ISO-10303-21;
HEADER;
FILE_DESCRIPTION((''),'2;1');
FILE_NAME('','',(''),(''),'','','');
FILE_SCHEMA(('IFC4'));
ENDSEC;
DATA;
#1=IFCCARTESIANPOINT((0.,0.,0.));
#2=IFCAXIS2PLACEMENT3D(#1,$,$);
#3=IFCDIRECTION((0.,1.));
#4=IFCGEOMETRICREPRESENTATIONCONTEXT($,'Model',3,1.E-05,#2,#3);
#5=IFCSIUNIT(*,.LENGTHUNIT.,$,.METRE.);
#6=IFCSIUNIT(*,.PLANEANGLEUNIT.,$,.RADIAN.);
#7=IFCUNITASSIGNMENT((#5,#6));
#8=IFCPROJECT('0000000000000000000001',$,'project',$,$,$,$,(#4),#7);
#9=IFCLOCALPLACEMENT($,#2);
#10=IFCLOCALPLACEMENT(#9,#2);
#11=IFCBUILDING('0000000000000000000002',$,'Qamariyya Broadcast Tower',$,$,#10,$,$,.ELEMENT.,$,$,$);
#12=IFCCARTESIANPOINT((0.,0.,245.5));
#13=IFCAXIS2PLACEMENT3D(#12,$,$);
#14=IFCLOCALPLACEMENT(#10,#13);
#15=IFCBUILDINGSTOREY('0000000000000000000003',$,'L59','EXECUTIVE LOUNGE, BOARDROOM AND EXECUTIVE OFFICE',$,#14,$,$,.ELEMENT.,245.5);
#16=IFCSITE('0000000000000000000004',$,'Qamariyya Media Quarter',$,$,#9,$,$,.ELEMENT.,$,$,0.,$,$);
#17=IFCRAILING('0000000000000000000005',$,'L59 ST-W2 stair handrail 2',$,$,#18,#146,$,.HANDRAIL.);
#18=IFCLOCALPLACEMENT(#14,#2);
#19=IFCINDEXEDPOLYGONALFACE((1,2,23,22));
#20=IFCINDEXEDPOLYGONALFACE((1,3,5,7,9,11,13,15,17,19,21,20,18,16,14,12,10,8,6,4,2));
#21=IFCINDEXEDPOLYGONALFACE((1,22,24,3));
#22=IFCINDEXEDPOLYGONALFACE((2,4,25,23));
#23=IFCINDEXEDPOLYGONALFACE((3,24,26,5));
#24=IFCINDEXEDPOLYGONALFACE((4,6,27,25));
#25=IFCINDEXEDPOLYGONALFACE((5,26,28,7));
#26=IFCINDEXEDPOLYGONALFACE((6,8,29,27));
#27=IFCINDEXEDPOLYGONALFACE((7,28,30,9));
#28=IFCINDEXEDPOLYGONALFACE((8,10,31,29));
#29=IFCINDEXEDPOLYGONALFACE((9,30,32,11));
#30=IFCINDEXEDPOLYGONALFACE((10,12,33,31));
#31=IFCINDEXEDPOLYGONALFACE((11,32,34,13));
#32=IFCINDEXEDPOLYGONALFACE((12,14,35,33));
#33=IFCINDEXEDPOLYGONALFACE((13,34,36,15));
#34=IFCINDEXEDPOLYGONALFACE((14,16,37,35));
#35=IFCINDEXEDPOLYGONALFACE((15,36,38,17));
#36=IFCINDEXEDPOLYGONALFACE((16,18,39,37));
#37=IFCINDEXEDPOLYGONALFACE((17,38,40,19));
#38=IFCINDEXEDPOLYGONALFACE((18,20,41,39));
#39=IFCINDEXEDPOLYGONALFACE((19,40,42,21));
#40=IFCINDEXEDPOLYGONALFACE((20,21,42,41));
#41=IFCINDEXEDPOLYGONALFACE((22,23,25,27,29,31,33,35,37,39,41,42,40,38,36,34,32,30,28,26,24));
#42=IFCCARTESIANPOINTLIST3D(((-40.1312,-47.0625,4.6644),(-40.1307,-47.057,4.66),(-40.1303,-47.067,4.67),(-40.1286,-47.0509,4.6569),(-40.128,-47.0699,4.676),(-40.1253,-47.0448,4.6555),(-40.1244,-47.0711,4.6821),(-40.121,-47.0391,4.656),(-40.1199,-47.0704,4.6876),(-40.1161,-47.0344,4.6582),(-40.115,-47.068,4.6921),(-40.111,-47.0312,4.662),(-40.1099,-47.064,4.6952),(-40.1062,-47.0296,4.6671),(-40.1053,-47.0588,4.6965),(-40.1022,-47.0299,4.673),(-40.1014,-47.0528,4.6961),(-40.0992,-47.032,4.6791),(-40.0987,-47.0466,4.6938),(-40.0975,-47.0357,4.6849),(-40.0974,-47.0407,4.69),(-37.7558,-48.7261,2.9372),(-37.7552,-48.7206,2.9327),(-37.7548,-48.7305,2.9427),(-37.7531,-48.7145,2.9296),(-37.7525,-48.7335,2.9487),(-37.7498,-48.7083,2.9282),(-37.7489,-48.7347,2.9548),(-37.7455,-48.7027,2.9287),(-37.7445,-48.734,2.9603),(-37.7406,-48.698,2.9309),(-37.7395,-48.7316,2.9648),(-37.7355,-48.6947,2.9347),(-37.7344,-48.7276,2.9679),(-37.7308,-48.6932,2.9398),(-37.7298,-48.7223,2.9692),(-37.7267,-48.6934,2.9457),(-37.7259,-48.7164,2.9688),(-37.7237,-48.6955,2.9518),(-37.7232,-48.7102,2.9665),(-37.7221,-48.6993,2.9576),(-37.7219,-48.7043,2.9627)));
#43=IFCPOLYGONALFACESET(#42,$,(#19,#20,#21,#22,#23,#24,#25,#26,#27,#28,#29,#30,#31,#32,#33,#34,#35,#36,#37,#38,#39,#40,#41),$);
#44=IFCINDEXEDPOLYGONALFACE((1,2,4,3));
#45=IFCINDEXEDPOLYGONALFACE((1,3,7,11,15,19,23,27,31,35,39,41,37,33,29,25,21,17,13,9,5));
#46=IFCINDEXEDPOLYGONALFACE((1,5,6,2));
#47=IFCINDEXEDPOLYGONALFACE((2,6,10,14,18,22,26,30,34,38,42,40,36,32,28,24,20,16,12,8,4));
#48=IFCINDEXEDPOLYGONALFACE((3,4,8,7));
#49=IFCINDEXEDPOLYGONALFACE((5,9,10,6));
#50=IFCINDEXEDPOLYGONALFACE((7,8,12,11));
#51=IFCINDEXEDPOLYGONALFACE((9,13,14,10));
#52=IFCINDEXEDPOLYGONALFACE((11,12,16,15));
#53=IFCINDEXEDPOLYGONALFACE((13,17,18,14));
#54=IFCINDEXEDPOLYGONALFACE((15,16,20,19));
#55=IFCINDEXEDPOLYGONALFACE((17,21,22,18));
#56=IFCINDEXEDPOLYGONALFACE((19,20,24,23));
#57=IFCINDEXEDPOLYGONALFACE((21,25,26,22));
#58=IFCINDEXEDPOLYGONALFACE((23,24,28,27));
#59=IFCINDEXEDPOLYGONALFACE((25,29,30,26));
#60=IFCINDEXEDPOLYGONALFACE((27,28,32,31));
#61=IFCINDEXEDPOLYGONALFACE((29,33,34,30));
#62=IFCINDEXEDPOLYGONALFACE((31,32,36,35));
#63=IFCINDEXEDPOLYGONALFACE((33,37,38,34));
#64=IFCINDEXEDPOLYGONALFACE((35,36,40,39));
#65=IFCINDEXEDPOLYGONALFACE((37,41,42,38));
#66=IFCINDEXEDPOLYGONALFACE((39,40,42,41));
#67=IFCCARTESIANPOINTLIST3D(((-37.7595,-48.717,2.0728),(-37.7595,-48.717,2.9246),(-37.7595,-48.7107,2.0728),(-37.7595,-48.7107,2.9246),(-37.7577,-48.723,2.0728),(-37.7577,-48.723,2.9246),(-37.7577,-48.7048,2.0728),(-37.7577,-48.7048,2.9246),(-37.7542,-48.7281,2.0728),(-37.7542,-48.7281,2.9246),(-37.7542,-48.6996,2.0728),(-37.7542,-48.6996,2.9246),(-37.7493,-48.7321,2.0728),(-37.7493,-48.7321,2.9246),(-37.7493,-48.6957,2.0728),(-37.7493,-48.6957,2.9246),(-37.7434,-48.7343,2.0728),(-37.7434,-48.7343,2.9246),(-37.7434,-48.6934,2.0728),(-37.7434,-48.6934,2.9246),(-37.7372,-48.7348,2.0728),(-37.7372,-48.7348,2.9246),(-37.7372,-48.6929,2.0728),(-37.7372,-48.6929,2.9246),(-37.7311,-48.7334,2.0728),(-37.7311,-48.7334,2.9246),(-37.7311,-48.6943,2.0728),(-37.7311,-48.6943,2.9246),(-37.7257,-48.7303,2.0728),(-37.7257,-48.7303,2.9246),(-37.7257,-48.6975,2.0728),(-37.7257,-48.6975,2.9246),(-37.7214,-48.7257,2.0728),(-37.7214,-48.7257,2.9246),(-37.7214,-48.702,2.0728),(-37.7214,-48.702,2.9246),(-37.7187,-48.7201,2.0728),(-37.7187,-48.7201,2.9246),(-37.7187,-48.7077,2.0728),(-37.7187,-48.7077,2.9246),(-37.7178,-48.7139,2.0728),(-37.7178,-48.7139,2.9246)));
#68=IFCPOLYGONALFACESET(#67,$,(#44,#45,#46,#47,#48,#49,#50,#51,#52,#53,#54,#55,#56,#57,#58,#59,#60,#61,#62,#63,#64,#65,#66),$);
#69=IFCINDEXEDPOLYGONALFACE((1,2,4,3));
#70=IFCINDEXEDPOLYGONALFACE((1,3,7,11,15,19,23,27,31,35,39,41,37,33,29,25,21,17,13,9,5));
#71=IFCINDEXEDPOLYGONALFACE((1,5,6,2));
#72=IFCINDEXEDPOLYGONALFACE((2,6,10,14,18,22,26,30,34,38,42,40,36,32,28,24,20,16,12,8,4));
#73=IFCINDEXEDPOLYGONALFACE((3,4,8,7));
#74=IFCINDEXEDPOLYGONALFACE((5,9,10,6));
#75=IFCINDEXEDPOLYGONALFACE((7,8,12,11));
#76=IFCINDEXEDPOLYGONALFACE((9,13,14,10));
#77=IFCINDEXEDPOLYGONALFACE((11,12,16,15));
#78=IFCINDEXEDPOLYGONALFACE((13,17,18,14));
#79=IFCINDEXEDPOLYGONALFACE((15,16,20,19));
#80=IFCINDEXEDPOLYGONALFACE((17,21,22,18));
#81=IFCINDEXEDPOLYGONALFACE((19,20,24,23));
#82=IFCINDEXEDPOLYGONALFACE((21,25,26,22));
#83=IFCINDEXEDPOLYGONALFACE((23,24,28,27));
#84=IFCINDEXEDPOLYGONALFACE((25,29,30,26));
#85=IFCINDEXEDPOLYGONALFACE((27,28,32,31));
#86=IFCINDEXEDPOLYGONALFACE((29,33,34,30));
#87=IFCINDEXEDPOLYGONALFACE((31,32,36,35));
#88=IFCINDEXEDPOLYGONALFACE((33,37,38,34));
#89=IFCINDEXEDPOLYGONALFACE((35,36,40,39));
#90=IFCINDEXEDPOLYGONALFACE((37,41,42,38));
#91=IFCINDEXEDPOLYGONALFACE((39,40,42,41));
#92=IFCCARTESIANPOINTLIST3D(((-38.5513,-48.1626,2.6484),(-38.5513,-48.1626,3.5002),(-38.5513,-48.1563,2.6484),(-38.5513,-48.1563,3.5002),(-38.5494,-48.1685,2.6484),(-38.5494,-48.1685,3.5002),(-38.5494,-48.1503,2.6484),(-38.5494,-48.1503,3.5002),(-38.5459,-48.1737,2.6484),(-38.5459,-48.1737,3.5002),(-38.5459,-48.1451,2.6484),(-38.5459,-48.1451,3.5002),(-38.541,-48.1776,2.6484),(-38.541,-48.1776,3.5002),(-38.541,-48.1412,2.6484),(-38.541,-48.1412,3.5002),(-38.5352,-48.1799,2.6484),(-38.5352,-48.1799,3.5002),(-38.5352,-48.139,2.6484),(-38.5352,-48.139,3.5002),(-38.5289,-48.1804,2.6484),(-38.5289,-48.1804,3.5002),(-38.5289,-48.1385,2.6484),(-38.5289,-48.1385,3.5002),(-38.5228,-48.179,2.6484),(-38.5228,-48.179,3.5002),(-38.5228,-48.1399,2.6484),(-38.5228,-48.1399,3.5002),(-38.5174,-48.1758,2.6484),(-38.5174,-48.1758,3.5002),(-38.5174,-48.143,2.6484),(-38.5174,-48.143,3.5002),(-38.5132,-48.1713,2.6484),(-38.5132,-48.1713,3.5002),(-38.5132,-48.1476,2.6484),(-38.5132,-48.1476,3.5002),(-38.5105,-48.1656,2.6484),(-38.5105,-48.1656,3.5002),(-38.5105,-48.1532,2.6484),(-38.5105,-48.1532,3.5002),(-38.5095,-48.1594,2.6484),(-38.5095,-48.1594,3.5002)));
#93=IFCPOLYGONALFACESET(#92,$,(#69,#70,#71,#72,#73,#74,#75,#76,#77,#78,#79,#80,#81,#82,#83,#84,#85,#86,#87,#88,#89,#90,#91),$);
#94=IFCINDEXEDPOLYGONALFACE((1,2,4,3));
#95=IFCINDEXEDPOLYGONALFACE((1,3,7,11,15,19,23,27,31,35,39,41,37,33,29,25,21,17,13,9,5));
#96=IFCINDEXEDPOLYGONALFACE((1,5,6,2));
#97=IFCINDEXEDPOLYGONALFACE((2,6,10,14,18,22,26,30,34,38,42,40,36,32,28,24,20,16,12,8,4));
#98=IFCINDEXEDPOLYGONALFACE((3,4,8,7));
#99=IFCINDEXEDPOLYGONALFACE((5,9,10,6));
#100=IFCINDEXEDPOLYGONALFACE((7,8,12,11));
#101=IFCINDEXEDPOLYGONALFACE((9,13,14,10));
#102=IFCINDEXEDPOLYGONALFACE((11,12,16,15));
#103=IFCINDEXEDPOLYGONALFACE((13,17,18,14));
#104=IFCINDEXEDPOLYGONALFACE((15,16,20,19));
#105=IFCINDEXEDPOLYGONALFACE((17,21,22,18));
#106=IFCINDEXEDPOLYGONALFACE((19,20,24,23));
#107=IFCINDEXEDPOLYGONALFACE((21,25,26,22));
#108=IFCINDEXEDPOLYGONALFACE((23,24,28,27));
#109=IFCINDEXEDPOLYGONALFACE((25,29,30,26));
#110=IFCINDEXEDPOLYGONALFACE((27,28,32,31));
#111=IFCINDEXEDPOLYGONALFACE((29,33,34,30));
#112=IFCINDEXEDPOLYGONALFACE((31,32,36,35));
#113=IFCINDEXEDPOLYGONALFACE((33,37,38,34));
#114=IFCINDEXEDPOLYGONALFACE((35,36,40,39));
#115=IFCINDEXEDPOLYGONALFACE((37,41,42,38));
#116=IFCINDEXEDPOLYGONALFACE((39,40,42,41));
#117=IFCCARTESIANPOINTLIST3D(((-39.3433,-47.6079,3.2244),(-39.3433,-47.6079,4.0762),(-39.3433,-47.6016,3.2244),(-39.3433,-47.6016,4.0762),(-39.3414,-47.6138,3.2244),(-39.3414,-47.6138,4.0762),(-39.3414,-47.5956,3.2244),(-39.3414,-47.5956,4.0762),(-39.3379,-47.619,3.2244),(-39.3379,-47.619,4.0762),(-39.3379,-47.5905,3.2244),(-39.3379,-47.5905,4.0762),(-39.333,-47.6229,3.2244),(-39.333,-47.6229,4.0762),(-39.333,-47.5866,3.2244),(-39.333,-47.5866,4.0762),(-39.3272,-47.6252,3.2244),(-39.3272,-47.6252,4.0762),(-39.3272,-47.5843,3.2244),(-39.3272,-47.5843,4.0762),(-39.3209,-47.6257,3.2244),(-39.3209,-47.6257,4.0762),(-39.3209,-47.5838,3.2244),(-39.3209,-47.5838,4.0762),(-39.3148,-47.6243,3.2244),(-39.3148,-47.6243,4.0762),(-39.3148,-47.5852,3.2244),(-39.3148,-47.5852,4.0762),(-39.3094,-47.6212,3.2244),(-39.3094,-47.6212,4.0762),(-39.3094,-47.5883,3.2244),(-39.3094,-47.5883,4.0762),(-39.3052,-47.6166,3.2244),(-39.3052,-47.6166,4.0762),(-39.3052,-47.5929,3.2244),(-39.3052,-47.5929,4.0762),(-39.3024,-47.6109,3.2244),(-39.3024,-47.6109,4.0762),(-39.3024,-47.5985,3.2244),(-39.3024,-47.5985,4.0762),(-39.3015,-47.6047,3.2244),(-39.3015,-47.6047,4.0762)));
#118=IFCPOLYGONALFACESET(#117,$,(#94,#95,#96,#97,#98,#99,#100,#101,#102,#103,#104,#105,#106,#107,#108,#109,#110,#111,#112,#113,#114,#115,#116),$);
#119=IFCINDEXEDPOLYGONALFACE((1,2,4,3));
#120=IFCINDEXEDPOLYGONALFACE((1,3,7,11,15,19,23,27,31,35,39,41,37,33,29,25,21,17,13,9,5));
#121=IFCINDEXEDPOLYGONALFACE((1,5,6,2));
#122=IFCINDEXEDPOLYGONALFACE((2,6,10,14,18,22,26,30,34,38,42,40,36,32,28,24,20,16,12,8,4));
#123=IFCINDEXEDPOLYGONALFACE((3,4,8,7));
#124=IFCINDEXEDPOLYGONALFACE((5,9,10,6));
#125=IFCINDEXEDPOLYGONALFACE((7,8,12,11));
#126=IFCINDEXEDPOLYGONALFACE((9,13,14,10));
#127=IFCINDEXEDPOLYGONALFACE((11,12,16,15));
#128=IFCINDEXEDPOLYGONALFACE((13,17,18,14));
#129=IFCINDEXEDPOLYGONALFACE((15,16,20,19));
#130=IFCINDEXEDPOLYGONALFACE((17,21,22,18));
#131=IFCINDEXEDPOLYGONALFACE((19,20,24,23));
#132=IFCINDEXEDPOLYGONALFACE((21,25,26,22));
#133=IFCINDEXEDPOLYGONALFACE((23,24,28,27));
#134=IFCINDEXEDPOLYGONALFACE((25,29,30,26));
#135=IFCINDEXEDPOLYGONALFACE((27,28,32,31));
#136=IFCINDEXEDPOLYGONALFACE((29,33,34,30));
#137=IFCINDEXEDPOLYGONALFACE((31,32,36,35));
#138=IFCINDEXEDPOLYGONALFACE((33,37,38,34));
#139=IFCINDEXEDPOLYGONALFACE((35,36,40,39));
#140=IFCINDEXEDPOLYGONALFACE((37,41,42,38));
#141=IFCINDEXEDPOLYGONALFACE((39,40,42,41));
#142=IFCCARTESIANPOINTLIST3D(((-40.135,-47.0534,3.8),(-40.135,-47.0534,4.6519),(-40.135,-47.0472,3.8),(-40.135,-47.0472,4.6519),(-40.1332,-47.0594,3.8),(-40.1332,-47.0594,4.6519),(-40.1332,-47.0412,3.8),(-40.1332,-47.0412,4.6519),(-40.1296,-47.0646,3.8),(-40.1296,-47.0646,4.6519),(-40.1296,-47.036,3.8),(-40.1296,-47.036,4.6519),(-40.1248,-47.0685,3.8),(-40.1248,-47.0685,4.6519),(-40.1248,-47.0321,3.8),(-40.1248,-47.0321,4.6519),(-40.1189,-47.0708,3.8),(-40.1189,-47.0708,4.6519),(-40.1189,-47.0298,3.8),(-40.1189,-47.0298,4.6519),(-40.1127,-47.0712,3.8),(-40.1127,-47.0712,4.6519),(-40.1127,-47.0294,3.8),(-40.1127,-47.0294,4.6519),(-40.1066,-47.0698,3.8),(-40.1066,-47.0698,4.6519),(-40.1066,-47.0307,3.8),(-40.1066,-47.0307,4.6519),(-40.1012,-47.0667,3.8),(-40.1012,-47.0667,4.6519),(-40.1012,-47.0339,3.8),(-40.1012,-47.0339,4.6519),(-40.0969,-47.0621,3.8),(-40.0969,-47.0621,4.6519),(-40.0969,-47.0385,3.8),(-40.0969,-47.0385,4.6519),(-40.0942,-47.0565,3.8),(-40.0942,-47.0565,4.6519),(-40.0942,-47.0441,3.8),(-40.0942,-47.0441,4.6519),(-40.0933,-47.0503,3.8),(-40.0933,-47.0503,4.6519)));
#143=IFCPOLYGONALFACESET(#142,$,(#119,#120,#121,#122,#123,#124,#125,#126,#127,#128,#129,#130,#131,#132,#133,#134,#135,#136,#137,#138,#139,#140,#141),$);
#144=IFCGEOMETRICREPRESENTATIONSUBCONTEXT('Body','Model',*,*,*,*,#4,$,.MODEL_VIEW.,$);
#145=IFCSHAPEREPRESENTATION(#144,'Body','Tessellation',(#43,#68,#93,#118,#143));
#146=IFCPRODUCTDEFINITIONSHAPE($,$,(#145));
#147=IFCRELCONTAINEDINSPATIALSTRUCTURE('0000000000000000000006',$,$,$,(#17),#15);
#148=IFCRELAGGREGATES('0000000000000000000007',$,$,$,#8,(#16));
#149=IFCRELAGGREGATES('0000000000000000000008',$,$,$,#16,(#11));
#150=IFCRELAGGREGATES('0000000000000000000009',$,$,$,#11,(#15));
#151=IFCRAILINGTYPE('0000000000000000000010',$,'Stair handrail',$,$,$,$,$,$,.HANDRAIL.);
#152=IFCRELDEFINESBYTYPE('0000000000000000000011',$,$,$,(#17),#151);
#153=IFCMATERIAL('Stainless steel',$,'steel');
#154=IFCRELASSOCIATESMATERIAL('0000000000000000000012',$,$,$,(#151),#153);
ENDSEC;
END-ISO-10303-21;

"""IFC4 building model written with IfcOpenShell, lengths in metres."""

from ifc_helpers import new_model, si_unit, direction, frame, origin, origin_2d, place, context, subcontext, project, spatial, circle, extrude, material, type_object, element, save


model = new_model("IFC4")

# Units and contexts
model_context = context("Model", 3, precision=1e-05, world=origin(), true_north=direction((0.0, 1.0)))
body_context = subcontext(model_context, "Body", "Model", "MODEL_VIEW")
ifc_project = project(units=[si_unit("LENGTHUNIT", "METRE"), si_unit("PLANEANGLEUNIT", "RADIAN")], contexts=[model_context])

# Site, building, storey
site_placement = place(None, origin())
site = spatial("IfcSite", under=ifc_project, at=site_placement, Name="Qamariyya Media Quarter", CompositionType="ELEMENT", RefElevation=0.0)
building_placement = place(site_placement, origin())
building = spatial("IfcBuilding", under=site, at=building_placement, Name="Qamariyya Broadcast Tower", CompositionType="ELEMENT")
storey_placement = place(building_placement, frame((0.0, 0.0, 245.5)))
storey = spatial("IfcBuildingStorey", under=building, at=storey_placement, Name="L59", Description="EXECUTIVE LOUNGE, BOARDROOM AND EXECUTIVE OFFICE", CompositionType="ELEMENT", Elevation=245.5)

# Railing
ifc_material_1 = material(Name="Stainless steel", Category="steel")
railing_type = type_object("IfcRailingType", Name="Stair handrail", PredefinedType="HANDRAIL", material=ifc_material_1)
railing_placement = place(storey_placement, frame((-37.7388, -48.7139, 2.0728)))
element("IfcRailing", 1, at=railing_placement, inside=storey, type_object=railing_type, Name="L59 ST-W2 stair handrail 2", PredefinedType="HANDRAIL", context=body_context, shape_type="SweptSolid", body=[
    extrude(circle(Radius=0.0239, at=origin_2d()), frame((0.0, 0.0, 0.876), z_axis=(-0.703745, 0.492838, 0.511716), x_axis=(-0.573632, -0.819113, 0.0)), (0.0, 0.0, 1.0), 3.3755),
    extrude(circle(Radius=0.021, at=origin_2d()), origin(), (0.0, 0.0, 1.0), 0.8518),
    extrude(circle(Radius=0.021, at=origin_2d()), frame((-0.7917, 0.5544, 0.5757)), (0.0, 0.0, 1.0), 0.8518),
    extrude(circle(Radius=0.021, at=origin_2d()), frame((-1.5837, 1.1091, 1.1516)), (0.0, 0.0, 1.0), 0.8518),
    extrude(circle(Radius=0.021, at=origin_2d()), frame((-2.3755, 1.6636, 1.7273)), (0.0, 0.0, 1.0), 0.8518),
])

save(model, "model.ifc")
